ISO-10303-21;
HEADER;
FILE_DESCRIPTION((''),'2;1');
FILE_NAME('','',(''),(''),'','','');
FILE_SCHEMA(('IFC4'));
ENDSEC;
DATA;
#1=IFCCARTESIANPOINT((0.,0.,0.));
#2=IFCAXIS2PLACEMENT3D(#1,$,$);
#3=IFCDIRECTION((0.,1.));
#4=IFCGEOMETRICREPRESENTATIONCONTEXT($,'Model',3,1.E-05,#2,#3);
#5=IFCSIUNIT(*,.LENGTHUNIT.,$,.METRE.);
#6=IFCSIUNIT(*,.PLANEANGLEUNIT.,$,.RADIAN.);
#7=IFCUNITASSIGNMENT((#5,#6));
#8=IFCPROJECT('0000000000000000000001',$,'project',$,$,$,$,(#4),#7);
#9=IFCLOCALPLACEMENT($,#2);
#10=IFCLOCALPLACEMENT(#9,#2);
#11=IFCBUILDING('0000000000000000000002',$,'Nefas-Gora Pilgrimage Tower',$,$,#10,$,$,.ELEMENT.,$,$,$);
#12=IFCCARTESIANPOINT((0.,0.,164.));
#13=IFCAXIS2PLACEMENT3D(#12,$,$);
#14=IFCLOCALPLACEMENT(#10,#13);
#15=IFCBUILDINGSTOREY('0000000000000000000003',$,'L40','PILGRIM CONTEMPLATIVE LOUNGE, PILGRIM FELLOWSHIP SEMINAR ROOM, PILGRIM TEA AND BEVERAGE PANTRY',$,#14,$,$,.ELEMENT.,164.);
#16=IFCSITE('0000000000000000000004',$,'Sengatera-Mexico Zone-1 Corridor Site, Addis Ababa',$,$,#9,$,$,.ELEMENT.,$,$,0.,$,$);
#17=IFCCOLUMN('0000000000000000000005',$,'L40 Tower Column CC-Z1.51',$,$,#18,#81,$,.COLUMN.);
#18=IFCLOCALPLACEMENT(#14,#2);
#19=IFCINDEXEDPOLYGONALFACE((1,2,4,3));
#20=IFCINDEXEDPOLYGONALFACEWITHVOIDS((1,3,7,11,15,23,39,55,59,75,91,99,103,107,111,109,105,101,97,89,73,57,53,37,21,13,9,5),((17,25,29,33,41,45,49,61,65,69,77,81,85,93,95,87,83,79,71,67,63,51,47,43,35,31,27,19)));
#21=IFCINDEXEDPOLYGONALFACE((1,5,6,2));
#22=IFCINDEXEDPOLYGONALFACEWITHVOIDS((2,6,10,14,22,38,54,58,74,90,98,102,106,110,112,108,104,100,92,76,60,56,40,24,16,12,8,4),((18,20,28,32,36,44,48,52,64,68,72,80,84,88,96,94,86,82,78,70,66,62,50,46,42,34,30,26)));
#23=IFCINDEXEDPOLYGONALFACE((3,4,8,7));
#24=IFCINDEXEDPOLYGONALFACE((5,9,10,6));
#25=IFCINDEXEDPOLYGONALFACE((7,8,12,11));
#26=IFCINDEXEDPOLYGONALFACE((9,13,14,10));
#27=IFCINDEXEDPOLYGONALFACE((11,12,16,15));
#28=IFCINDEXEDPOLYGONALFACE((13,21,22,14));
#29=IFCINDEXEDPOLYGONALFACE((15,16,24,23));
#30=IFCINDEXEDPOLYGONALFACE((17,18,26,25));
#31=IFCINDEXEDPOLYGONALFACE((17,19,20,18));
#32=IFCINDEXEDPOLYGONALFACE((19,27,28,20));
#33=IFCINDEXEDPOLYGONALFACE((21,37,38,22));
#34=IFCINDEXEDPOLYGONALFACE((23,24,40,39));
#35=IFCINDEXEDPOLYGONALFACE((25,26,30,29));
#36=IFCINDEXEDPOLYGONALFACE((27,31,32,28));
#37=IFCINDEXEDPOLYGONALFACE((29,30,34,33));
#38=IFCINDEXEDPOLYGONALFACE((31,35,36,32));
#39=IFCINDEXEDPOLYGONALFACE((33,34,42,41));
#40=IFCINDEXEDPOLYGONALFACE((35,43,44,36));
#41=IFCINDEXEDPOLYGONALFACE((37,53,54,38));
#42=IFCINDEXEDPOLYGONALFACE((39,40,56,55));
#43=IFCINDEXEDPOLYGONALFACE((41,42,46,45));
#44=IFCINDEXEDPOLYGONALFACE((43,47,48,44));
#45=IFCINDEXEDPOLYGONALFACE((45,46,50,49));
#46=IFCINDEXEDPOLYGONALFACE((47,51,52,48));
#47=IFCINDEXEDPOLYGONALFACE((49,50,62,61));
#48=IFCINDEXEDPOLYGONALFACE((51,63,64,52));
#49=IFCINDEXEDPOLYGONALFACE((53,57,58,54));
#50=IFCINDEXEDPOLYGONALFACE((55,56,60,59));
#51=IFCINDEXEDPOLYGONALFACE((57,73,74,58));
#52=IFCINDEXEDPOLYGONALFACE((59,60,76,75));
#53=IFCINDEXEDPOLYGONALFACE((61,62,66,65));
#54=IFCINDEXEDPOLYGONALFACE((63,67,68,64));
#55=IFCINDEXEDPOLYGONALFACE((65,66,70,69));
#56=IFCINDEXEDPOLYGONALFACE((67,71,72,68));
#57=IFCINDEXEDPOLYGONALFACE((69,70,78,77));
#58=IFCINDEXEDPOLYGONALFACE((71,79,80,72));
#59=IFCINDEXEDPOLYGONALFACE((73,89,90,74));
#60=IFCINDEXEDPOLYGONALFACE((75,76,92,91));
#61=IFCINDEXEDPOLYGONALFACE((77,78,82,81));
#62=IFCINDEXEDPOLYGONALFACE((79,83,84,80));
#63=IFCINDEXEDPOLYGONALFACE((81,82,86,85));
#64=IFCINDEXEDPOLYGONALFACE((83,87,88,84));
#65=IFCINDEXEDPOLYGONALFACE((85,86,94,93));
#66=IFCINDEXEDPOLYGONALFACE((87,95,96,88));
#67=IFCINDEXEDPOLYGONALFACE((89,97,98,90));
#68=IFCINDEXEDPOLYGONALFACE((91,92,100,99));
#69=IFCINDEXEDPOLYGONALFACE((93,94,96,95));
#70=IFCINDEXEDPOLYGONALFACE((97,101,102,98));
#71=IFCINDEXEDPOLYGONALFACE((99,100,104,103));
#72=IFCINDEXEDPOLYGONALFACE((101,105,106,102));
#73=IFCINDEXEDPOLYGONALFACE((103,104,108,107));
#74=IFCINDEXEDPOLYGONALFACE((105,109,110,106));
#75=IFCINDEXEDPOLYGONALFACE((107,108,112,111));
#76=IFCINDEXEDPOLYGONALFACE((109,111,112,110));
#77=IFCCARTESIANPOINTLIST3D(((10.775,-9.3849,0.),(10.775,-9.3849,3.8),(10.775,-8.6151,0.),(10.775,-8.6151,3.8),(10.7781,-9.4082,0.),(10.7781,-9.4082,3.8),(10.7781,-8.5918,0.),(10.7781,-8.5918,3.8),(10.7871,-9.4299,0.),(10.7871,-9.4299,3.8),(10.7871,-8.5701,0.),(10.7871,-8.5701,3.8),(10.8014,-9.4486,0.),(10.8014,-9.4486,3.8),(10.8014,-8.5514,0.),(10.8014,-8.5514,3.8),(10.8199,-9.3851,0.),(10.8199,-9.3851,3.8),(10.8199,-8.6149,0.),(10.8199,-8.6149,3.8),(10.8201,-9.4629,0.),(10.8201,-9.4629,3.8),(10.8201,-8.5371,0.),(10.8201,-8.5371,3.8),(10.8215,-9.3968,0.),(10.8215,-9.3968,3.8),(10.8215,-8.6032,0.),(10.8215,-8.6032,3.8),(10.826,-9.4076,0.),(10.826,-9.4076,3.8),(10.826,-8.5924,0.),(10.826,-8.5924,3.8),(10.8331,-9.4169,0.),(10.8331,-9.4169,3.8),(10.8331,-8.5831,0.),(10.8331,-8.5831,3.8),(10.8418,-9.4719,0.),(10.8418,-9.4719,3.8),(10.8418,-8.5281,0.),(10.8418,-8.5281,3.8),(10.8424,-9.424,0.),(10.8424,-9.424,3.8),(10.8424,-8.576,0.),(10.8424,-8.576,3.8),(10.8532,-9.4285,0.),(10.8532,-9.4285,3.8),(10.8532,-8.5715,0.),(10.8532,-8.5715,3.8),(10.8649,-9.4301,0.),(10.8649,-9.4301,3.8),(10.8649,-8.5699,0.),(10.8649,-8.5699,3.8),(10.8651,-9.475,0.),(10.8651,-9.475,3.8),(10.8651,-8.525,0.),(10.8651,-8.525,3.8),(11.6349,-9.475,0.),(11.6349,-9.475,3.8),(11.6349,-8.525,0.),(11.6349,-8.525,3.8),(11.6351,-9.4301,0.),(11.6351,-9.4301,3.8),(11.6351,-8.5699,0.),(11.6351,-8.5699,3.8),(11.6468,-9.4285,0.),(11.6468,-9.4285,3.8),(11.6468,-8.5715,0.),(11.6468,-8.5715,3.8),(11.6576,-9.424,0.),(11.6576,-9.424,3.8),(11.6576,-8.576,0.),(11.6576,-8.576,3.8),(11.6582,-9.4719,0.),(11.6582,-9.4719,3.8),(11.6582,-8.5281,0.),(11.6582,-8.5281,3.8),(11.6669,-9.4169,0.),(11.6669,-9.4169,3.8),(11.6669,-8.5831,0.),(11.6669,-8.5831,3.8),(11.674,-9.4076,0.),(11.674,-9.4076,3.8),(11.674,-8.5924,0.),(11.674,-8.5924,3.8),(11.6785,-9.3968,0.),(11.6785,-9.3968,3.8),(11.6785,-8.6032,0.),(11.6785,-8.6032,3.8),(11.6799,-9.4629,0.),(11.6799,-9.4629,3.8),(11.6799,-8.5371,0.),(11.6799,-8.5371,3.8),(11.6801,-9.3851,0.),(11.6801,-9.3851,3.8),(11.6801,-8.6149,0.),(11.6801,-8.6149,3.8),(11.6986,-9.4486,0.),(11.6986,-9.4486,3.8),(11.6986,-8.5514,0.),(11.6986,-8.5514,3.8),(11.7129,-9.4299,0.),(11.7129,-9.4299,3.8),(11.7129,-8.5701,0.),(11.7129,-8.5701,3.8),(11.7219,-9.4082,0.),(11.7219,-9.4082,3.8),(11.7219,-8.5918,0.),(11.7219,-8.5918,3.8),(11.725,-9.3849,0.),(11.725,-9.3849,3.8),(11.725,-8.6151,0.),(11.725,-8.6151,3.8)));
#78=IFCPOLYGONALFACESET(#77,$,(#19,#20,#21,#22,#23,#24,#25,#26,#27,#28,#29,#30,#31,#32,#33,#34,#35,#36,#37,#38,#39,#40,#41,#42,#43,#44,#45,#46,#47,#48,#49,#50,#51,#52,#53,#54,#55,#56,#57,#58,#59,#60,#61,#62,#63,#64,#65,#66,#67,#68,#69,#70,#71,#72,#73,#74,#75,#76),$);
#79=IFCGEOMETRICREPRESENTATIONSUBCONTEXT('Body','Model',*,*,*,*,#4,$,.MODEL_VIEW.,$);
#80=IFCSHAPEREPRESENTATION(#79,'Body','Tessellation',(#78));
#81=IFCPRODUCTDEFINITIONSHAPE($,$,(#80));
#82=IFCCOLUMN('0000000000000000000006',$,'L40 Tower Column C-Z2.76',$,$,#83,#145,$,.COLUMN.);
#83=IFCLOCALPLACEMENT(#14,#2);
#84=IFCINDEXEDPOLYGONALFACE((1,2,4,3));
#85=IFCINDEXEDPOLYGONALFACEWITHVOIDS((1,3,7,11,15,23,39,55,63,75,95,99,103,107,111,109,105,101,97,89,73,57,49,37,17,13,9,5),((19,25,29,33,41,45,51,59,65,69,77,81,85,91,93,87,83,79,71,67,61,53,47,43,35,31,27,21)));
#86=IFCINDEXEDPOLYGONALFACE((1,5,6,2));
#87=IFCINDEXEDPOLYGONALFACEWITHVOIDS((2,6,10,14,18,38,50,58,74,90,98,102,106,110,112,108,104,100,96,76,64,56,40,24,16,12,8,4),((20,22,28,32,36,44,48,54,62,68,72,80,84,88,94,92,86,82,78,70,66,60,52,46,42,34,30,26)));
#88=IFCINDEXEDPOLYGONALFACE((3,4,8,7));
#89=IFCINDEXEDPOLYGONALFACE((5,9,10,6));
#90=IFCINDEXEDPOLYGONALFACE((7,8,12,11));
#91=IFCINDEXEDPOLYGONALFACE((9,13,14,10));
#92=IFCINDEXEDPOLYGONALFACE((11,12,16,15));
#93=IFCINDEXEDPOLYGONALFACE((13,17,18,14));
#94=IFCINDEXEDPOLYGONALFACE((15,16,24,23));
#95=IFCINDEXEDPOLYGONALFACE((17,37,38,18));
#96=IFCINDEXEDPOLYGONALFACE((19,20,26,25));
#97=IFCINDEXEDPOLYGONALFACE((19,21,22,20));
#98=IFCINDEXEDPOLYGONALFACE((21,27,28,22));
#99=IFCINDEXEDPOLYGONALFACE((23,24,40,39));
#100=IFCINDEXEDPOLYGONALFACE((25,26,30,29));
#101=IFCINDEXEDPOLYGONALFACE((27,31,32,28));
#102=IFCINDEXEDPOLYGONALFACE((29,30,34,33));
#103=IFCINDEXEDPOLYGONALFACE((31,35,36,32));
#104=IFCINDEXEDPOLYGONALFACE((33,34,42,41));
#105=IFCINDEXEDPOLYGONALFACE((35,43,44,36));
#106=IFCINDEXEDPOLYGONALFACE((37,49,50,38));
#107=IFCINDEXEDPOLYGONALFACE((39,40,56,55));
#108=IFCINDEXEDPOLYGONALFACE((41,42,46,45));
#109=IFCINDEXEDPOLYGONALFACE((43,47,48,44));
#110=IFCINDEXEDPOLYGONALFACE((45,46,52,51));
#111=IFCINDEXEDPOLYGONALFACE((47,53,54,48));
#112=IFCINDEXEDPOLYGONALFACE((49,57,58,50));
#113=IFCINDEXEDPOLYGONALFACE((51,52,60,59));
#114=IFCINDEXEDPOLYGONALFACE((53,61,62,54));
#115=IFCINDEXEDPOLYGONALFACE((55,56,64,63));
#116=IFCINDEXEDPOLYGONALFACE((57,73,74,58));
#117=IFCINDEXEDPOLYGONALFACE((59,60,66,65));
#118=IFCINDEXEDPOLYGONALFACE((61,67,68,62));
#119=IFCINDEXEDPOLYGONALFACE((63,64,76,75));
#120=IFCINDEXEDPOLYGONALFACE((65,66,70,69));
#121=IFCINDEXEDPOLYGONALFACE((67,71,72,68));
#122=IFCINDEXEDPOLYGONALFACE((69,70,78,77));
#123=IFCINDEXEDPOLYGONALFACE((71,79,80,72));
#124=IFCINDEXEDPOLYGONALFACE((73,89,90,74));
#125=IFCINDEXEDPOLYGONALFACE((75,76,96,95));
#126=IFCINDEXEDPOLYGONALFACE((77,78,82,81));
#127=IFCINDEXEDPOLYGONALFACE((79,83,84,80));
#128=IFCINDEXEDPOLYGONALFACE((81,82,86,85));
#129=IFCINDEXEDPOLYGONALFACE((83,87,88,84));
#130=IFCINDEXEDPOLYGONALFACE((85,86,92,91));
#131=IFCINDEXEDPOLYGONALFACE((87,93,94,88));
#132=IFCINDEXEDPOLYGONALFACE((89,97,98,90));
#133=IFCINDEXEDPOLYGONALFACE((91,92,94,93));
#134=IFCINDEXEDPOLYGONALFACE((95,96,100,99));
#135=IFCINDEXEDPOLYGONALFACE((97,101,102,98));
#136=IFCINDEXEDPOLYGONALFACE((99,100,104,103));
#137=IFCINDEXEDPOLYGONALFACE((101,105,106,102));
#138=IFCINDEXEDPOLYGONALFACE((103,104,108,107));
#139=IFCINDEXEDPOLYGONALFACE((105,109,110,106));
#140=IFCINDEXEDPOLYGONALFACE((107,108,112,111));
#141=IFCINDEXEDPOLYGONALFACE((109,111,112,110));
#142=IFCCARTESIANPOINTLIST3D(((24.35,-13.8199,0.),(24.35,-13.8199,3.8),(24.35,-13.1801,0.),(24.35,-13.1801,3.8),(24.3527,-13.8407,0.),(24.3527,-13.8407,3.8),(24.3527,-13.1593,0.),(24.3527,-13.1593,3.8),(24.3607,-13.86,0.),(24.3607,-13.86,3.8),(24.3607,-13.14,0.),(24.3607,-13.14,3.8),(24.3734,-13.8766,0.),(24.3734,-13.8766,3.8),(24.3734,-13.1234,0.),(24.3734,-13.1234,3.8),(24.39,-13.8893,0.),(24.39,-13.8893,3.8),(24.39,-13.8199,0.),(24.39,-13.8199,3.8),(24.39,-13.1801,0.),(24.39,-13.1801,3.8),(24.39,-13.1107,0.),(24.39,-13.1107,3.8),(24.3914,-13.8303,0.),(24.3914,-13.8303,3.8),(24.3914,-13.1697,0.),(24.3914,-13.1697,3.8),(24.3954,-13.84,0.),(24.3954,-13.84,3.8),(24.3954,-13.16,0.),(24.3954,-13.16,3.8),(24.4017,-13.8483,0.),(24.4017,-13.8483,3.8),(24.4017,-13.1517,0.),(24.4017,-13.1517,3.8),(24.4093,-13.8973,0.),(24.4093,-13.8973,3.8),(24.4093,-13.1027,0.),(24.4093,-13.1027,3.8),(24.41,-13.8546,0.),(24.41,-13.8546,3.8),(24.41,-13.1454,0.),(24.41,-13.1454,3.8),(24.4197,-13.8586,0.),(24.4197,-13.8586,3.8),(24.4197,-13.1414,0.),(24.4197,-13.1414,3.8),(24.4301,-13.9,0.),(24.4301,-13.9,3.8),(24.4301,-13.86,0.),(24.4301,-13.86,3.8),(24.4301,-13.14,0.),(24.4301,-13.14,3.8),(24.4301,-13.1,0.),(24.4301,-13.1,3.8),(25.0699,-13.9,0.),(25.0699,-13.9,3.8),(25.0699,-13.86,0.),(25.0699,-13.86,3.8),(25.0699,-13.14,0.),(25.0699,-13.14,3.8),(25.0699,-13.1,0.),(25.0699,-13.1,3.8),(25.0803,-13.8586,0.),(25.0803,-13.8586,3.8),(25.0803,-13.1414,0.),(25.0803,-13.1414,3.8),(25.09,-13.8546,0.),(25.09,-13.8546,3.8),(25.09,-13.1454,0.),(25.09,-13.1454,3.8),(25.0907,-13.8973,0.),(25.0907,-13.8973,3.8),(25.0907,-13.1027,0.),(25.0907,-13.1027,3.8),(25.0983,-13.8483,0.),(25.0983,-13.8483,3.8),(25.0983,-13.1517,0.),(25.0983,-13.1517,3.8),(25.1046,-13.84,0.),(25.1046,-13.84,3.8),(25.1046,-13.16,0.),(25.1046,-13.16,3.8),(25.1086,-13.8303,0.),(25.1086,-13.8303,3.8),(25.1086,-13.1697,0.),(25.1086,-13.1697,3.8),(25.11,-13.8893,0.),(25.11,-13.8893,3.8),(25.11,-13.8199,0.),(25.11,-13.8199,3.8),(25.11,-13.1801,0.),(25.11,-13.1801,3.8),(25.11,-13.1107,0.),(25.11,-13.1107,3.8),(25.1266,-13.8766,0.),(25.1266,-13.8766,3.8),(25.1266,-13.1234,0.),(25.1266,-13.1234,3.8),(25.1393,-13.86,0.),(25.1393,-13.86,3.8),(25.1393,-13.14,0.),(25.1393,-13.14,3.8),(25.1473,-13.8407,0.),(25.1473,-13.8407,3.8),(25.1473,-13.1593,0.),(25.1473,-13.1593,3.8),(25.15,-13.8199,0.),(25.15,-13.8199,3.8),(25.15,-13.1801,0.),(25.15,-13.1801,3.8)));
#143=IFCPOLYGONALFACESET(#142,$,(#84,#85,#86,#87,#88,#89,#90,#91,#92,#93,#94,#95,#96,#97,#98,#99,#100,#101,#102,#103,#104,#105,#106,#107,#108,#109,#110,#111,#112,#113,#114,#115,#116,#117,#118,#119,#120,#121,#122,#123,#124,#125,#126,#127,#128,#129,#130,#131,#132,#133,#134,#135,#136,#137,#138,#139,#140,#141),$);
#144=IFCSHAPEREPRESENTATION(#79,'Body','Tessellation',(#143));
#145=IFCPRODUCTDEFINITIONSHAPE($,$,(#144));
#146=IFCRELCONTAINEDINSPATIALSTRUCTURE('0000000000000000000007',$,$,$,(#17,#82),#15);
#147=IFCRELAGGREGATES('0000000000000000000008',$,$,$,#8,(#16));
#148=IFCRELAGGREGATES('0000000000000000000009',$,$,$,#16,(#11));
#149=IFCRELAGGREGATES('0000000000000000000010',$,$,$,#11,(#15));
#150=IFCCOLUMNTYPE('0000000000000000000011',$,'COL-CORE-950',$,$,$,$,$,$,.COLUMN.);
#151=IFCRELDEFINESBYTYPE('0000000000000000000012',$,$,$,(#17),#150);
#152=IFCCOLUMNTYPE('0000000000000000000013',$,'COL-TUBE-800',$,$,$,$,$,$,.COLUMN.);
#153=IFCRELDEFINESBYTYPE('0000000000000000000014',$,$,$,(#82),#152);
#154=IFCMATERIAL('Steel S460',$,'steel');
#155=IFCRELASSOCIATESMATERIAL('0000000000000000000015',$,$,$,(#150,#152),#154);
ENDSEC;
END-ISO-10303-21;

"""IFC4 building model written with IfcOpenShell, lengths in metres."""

from ifc_helpers import new_model, si_unit, direction, frame, origin, origin_2d, place, context, subcontext, project, spatial, hollow_rectangle, extrude, source, transform, mapped, material, material_profile, profile_set, type_object, element, save


model = new_model("IFC4")

# Units and contexts
model_context = context("Model", 3, precision=1e-05, world=origin(), true_north=direction((0.0, 1.0)))
body_context = subcontext(model_context, "Body", "Model", "MODEL_VIEW")
ifc_project = project(units=[si_unit("LENGTHUNIT", "METRE"), si_unit("PLANEANGLEUNIT", "RADIAN")], contexts=[model_context])

# Site, building, storey
site_placement = place(None, origin())
site = spatial("IfcSite", under=ifc_project, at=site_placement, Name="Sengatera-Mexico Zone-1 Corridor Site, Addis Ababa", CompositionType="ELEMENT", RefElevation=0.0)
building_placement = place(site_placement, origin())
building = spatial("IfcBuilding", under=site, at=building_placement, Name="Nefas-Gora Pilgrimage Tower", CompositionType="ELEMENT")
storey_placement = place(building_placement, frame((0.0, 0.0, 164.0)))
storey = spatial("IfcBuildingStorey", under=building, at=storey_placement, Name="L40", Description="PILGRIM CONTEMPLATIVE LOUNGE, PILGRIM FELLOWSHIP SEMINAR ROOM, PILGRIM TEA AND BEVERAGE PANTRY", CompositionType="ELEMENT", Elevation=164.0)

# Columns
ifc_material_1 = material(Name="Steel S460", Category="steel")
ifc_material_profile_1 = material_profile(ifc_material_1, hollow_rectangle(XDim=0.95, YDim=0.95, WallThickness=0.0449, InnerFilletRadius=0.0449, OuterFilletRadius=0.0901, at=origin_2d()), Name="BOX 950x950x45")
ifc_profile_set_1 = profile_set([ifc_material_profile_1], Name="Steel S460")
column_type_1 = type_object("IfcColumnType", Name="COL-CORE-950", PredefinedType="COLUMN", material=ifc_profile_set_1)
shared_shape_1 = source(origin(), body_context, "Body", "SweptSolid", [
    extrude(hollow_rectangle(XDim=0.95, YDim=0.95, WallThickness=0.0449, InnerFilletRadius=0.0449, OuterFilletRadius=0.0901, at=origin_2d()), origin(), (0.0, 0.0, 1.0), 3.8),
])
column_placement = place(storey_placement, frame((11.25, -9.0, 0.0), z_axis=(0.0, 0.0, 1.0), x_axis=(1.0, 0.0, 0.0)))
element("IfcColumn", 1, at=column_placement, inside=storey, type_object=column_type_1, Name="L40 Tower Column CC-Z1.51", PredefinedType="COLUMN", context=body_context, shape_type="MappedRepresentation", body=[
    mapped(shared_shape_1, transform((0.0, 0.0, 0.0), x_axis=(1.0, 0.0, 0.0), y_axis=(0.0, 1.0, 0.0), z_axis=(0.0, 0.0, 1.0), scale=1.0)),
])
ifc_material_profile_2 = material_profile(ifc_material_1, hollow_rectangle(XDim=0.8, YDim=0.8, WallThickness=0.04, InnerFilletRadius=0.04, OuterFilletRadius=0.0801, at=origin_2d()), Name="BOX 800x800x40")
ifc_profile_set_2 = profile_set([ifc_material_profile_2], Name="Steel S460")
column_type_2 = type_object("IfcColumnType", Name="COL-TUBE-800", PredefinedType="COLUMN", material=ifc_profile_set_2)
shared_shape_2 = source(origin(), body_context, "Body", "SweptSolid", [
    extrude(hollow_rectangle(XDim=0.8, YDim=0.8, WallThickness=0.04, InnerFilletRadius=0.04, OuterFilletRadius=0.0801, at=origin_2d()), origin(), (0.0, 0.0, 1.0), 3.8),
])
for number, where, z_axis, x_axis, name in (
    (2, (24.75, -13.5, 0.0), (0.0, 0.0, 1.0), (1.0, 0.0, 0.0), "L40 Tower Column C-Z2.76"),
):
    element("IfcColumn", number, at=place(storey_placement, frame(where, z_axis=z_axis, x_axis=x_axis)), inside=storey, type_object=column_type_2, Name=name, PredefinedType="COLUMN", context=body_context, shape_type="MappedRepresentation", body=[
        mapped(shared_shape_2, transform((0.0, 0.0, 0.0), x_axis=(1.0, 0.0, 0.0), y_axis=(0.0, 1.0, 0.0), z_axis=(0.0, 0.0, 1.0), scale=1.0)),
    ])

save(model, "model.ifc")
